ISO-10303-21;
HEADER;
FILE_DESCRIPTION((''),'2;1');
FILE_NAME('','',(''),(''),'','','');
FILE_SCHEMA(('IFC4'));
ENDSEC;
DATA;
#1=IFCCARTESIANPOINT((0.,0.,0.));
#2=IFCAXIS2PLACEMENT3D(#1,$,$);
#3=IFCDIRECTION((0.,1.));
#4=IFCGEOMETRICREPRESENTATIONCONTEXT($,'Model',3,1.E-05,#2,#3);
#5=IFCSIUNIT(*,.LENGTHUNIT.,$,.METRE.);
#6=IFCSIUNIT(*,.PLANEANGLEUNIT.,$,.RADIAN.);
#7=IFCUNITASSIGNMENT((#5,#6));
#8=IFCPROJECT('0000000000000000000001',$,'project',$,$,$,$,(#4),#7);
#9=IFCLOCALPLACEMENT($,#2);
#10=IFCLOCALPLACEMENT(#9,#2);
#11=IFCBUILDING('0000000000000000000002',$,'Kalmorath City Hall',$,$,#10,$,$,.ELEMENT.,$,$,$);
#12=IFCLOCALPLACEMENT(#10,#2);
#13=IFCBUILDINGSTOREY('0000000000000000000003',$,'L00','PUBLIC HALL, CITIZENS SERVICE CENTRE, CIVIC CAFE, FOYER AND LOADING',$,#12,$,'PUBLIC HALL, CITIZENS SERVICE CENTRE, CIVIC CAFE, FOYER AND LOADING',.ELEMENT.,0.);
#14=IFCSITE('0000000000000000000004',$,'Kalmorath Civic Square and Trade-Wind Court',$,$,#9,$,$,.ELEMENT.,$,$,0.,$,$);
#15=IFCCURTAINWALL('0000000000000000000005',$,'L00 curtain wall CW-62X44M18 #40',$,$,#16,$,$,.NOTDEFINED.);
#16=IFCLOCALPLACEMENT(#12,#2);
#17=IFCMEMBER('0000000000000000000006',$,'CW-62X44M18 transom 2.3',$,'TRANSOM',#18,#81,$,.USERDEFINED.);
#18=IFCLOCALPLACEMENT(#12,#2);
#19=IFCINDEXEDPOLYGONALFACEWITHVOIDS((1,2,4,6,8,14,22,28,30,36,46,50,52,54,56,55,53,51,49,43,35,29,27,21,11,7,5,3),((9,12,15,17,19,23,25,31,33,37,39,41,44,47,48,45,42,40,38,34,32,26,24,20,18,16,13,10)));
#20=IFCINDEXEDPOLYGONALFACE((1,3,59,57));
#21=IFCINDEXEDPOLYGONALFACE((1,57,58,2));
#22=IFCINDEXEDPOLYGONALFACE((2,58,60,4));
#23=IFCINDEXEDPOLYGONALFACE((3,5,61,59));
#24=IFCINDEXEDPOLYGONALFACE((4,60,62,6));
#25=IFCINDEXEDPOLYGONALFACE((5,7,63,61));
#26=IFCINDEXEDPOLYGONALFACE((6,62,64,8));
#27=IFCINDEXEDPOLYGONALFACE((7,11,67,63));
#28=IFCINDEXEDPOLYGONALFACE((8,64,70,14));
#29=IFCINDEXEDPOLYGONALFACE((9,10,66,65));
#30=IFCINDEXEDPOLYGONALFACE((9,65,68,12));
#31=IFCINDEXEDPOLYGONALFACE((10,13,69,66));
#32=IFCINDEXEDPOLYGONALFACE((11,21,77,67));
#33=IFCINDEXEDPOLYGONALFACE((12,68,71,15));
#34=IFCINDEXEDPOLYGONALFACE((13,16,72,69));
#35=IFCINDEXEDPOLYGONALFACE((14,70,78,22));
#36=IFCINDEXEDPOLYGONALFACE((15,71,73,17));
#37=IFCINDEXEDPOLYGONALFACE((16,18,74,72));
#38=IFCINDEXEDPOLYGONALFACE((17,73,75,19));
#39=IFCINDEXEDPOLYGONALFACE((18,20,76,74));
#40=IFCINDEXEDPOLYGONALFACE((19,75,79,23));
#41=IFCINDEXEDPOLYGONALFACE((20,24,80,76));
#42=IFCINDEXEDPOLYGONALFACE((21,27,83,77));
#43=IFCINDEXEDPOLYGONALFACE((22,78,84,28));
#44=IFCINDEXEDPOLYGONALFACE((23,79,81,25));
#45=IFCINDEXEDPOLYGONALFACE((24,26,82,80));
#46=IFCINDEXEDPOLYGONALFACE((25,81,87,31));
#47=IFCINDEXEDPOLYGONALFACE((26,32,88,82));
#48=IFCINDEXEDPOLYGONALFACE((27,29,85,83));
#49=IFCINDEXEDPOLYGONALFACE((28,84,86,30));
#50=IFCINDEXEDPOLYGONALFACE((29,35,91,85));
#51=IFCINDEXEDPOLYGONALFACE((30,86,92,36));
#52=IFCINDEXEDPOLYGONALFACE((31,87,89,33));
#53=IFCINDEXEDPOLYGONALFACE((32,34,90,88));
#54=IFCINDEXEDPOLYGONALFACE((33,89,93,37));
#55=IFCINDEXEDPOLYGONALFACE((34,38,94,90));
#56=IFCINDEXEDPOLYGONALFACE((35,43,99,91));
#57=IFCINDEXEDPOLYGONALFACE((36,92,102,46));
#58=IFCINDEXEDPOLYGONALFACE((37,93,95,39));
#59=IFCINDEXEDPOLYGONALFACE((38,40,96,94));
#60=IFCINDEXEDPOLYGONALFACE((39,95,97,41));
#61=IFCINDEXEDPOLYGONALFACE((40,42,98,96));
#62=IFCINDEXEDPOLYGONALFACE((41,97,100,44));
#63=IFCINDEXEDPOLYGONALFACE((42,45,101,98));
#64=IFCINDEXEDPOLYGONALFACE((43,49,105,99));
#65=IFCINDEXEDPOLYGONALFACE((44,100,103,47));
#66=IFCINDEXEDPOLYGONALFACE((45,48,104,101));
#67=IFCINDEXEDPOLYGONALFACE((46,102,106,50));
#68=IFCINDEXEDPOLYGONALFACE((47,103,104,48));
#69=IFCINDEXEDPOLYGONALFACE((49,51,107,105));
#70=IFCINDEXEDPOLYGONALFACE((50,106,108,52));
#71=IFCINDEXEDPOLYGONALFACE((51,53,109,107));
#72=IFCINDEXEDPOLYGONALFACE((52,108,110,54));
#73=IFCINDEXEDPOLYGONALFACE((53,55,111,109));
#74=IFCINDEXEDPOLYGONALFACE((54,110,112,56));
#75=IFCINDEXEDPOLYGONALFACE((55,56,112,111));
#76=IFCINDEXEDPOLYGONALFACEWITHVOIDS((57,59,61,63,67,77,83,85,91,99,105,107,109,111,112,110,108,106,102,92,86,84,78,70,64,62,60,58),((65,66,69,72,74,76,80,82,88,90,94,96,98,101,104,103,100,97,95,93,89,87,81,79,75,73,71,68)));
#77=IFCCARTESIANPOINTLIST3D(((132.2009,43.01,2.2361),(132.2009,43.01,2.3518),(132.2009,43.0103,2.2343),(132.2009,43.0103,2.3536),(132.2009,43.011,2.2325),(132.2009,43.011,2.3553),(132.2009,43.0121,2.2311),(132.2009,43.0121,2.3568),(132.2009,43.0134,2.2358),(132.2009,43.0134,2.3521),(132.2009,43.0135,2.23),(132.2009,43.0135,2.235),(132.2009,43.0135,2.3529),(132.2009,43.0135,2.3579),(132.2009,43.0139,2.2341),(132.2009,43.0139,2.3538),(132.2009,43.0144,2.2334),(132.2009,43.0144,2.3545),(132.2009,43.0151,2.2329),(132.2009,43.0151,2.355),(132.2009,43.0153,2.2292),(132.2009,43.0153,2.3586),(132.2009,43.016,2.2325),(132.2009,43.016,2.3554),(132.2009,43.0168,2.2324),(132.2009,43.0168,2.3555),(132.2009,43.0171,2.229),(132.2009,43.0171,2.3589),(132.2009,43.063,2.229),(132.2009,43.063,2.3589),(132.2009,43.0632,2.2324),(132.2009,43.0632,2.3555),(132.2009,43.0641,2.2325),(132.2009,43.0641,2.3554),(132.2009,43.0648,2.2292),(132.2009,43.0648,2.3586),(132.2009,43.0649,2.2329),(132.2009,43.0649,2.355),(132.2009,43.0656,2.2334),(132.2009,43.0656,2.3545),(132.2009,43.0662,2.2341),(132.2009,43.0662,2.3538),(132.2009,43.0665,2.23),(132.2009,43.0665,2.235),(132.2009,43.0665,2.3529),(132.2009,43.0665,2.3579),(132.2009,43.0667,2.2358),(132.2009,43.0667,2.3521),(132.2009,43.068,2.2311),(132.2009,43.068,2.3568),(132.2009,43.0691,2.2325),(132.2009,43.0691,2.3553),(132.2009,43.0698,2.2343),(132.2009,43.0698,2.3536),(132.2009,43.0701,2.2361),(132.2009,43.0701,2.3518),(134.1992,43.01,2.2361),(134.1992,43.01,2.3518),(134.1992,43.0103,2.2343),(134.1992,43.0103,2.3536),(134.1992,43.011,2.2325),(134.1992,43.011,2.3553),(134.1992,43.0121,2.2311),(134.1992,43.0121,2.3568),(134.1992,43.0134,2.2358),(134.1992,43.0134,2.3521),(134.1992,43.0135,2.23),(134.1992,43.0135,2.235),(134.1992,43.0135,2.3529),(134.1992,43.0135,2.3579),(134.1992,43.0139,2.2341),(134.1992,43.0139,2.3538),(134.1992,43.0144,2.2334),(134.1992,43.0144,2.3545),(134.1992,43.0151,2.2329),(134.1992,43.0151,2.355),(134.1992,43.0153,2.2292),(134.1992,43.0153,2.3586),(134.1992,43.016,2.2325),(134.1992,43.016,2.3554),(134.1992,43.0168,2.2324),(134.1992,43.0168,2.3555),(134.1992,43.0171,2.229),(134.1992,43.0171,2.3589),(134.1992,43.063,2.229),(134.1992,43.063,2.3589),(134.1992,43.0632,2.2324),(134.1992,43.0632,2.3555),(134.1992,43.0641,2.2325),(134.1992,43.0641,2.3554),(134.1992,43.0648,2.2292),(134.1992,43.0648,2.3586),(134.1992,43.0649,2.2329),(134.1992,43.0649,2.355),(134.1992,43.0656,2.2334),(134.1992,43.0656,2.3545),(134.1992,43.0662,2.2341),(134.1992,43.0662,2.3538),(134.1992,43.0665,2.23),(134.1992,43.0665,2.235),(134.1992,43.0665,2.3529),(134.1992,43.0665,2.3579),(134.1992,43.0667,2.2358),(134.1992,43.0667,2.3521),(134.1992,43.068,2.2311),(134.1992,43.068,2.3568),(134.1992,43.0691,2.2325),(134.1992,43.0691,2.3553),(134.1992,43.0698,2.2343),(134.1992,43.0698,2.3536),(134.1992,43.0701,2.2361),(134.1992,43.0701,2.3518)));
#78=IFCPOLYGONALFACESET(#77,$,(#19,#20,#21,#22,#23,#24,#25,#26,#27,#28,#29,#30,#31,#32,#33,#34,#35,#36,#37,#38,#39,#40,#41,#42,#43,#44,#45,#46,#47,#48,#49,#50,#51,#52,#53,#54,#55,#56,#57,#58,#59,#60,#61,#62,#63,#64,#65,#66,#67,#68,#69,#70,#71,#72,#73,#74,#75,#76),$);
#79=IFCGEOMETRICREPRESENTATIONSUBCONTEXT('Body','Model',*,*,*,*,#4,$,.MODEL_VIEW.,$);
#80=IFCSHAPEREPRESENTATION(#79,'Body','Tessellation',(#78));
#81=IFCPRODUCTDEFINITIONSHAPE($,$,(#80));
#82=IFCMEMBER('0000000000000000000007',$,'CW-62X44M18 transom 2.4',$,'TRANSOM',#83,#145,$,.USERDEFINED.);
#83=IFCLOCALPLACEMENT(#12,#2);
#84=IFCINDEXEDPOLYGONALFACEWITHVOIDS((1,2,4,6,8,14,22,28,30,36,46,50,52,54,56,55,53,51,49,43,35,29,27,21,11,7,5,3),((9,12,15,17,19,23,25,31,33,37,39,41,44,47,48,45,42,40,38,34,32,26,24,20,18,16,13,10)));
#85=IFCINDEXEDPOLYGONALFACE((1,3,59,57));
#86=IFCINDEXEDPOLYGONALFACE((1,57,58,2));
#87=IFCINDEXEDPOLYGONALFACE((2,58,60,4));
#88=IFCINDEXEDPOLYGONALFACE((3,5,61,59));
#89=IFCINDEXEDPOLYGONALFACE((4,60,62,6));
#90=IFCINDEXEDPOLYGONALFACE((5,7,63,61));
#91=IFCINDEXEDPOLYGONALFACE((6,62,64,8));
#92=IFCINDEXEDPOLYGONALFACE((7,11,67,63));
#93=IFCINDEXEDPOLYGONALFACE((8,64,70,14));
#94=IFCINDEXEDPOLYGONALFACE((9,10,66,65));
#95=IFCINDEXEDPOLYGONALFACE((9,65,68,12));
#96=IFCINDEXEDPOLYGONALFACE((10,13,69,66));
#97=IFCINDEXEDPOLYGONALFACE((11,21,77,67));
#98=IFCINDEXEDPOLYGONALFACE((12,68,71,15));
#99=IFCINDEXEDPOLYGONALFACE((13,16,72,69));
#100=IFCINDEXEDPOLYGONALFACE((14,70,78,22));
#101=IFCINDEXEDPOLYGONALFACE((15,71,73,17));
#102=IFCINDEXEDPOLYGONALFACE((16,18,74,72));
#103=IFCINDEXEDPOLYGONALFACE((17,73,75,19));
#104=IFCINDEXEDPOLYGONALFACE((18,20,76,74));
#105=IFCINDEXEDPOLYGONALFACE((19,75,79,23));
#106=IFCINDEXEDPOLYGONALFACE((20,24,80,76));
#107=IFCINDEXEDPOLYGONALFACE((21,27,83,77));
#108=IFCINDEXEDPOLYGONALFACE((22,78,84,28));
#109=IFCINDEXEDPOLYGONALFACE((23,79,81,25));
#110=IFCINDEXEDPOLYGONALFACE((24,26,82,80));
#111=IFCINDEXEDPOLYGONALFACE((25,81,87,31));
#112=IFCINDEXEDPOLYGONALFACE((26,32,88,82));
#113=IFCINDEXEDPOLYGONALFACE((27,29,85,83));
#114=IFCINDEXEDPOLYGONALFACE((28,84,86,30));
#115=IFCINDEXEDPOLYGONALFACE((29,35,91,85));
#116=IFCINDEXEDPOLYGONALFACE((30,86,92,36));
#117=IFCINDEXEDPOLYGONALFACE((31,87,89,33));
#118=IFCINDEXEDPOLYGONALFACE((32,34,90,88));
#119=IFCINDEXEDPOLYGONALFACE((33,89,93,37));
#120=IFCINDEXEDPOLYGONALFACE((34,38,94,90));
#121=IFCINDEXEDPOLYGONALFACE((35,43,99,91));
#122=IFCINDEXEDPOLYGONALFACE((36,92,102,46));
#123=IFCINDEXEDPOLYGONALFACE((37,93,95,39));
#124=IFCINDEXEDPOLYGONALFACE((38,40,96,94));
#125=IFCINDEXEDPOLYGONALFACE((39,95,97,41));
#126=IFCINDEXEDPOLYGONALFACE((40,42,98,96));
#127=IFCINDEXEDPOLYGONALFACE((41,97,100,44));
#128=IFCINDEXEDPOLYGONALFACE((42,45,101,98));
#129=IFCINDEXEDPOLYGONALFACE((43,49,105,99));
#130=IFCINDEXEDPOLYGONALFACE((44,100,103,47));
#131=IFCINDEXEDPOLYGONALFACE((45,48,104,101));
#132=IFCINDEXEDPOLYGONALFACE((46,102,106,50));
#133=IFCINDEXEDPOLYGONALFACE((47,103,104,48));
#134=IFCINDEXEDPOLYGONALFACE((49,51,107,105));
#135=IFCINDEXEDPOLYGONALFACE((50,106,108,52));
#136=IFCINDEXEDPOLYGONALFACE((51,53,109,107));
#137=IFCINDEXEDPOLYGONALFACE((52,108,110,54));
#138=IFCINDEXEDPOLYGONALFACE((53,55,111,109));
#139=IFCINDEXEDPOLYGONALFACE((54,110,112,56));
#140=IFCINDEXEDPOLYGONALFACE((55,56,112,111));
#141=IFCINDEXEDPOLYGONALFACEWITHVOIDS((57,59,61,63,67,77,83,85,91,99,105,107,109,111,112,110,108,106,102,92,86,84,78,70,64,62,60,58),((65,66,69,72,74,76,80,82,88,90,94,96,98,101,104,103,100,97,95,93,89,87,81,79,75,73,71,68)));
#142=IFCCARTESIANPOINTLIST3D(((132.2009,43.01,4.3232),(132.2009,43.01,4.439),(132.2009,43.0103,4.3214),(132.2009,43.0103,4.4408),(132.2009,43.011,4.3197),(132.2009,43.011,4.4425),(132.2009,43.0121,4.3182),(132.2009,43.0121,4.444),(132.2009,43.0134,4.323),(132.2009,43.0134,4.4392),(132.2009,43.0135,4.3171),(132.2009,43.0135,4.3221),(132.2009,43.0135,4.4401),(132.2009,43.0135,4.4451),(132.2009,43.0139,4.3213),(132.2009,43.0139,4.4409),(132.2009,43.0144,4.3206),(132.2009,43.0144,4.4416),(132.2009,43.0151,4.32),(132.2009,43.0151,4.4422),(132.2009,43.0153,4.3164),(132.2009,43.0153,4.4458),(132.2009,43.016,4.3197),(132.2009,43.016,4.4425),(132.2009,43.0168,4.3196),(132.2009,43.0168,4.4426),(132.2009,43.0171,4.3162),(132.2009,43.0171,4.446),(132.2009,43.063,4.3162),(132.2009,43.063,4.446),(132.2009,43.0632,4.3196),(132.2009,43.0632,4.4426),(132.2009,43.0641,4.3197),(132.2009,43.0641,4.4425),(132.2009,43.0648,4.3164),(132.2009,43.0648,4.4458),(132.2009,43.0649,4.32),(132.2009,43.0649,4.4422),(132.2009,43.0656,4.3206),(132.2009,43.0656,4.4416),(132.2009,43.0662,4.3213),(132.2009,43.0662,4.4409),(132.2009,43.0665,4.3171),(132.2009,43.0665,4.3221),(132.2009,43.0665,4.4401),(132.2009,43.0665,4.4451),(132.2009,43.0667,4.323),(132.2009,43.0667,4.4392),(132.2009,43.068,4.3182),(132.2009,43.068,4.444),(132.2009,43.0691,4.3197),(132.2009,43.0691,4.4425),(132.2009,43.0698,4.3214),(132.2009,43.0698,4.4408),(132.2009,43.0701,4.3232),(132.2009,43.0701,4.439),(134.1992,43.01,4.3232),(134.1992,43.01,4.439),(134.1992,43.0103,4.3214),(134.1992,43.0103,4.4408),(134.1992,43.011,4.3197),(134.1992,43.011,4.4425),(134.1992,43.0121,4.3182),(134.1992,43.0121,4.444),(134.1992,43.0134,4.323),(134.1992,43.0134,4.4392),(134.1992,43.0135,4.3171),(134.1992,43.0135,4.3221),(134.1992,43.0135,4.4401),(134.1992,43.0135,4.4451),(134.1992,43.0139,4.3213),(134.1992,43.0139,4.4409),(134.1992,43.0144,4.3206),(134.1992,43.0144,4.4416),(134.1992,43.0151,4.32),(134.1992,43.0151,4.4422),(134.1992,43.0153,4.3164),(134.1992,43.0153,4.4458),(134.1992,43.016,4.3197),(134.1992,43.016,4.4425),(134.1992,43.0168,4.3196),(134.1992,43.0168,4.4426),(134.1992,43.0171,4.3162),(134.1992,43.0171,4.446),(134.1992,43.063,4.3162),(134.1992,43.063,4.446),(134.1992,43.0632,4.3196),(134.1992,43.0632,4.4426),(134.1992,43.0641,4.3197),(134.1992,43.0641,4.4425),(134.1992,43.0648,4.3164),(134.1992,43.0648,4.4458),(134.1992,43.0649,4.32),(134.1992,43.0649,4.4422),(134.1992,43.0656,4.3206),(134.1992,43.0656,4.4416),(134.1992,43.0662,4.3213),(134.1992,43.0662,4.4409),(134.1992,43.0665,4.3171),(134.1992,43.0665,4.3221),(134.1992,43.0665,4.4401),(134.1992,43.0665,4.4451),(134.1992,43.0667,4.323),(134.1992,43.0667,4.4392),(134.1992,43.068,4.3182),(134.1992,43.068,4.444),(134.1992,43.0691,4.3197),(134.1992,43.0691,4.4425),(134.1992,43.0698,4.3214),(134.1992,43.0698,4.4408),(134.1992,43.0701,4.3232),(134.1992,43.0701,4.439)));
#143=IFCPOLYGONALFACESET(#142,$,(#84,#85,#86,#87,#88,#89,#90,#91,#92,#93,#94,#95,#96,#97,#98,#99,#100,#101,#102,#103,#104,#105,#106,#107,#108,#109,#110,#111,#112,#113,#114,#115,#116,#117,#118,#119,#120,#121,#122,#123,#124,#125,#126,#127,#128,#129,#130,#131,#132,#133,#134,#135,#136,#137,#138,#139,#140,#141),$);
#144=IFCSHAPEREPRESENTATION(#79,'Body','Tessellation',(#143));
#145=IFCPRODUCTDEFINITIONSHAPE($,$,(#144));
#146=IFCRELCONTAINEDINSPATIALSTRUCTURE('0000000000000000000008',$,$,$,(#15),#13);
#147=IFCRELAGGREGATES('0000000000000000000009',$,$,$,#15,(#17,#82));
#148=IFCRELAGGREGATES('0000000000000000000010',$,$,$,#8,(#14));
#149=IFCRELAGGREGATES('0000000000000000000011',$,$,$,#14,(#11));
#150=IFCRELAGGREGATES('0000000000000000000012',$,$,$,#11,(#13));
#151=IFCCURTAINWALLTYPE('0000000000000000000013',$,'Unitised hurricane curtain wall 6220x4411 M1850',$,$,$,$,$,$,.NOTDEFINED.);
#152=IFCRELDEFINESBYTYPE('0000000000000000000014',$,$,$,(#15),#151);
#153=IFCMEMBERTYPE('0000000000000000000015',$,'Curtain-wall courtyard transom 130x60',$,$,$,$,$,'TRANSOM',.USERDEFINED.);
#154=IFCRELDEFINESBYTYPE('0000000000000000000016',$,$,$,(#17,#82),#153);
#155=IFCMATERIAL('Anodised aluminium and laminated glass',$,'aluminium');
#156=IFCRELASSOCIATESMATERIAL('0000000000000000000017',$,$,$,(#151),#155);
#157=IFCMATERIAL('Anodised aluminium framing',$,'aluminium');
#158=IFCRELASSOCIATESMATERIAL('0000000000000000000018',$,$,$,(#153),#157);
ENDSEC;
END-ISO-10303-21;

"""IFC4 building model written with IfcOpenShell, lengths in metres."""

from ifc_helpers import new_model, si_unit, direction, frame, origin, origin_2d, place, context, subcontext, project, spatial, hollow_rectangle, extrude, material, material_profile, profile_set, type_object, element, aggregate, save


model = new_model("IFC4")

# Units and contexts
model_context = context("Model", 3, precision=1e-05, world=origin(), true_north=direction((0.0, 1.0)))
body_context = subcontext(model_context, "Body", "Model", "MODEL_VIEW")
ifc_project = project(units=[si_unit("LENGTHUNIT", "METRE"), si_unit("PLANEANGLEUNIT", "RADIAN")], contexts=[model_context])

# Site, building, storey
site_placement = place(None, origin())
site = spatial("IfcSite", under=ifc_project, at=site_placement, Name="Kalmorath Civic Square and Trade-Wind Court", CompositionType="ELEMENT", RefElevation=0.0)
building_placement = place(site_placement, origin())
building = spatial("IfcBuilding", under=site, at=building_placement, Name="Kalmorath City Hall", CompositionType="ELEMENT")
storey_placement = place(building_placement, origin())
storey = spatial("IfcBuildingStorey", under=building, at=storey_placement, Name="L00", Description="PUBLIC HALL, CITIZENS SERVICE CENTRE, CIVIC CAFE, FOYER AND LOADING", LongName="PUBLIC HALL, CITIZENS SERVICE CENTRE, CIVIC CAFE, FOYER AND LOADING", CompositionType="ELEMENT", Elevation=0.0)

# Curtain wall, members
ifc_material_1 = material(Name="Anodised aluminium and laminated glass", Category="aluminium")
curtain_wall_type = type_object("IfcCurtainWallType", Name="Unitised hurricane curtain wall 6220x4411 M1850", PredefinedType="NOTDEFINED", material=ifc_material_1)
curtain_wall_placement = place(storey_placement, origin())
curtain_wall = element("IfcCurtainWall", 1, at=curtain_wall_placement, inside=storey, type_object=curtain_wall_type, Name="L00 curtain wall CW-62X44M18 #40", PredefinedType="NOTDEFINED")
ifc_material_2 = material(Name="Anodised aluminium framing", Category="aluminium")
ifc_material_profile_1 = material_profile(ifc_material_2, hollow_rectangle(XDim=0.0601, YDim=0.1299, WallThickness=0.0034, InnerFilletRadius=0.0034, OuterFilletRadius=0.0071, at=origin_2d()), Name="ALU-TRN-130X60X3.5")
ifc_profile_set_1 = profile_set([ifc_material_profile_1], Name="Anodised aluminium framing")
member_type_1 = type_object("IfcMemberType", Name="Curtain-wall courtyard transom 130x60", ElementType="TRANSOM", PredefinedType="USERDEFINED", material=ifc_profile_set_1)
member_1_placement = place(storey_placement, frame((132.2009, 43.04, 2.2939), z_axis=(1.0, 0.0, 0.0), x_axis=(0.0, 1.0, 0.0)))
member_1 = element("IfcMember", 2, at=member_1_placement, type_object=member_type_1, Name="CW-62X44M18 transom 2.3", ObjectType="TRANSOM", PredefinedType="USERDEFINED", context=body_context, shape_type="SweptSolid", body=[
    extrude(hollow_rectangle(XDim=0.0601, YDim=0.1299, WallThickness=0.0034, InnerFilletRadius=0.0034, OuterFilletRadius=0.0071, at=origin_2d()), origin(), (0.0, 0.0, 1.0), 1.9983),
])
member_2_placement = place(storey_placement, frame((132.2009, 43.04, 4.3811), z_axis=(1.0, 0.0, 0.0), x_axis=(0.0, 1.0, 0.0)))
member_2 = element("IfcMember", 3, at=member_2_placement, type_object=member_type_1, Name="CW-62X44M18 transom 2.4", ObjectType="TRANSOM", PredefinedType="USERDEFINED", context=body_context, shape_type="SweptSolid", body=[
    extrude(hollow_rectangle(XDim=0.0601, YDim=0.1299, WallThickness=0.0034, InnerFilletRadius=0.0034, OuterFilletRadius=0.0071, at=origin_2d()), origin(), (0.0, 0.0, 1.0), 1.9983),
])

aggregate(curtain_wall, [member_1, member_2])

save(model, "model.ifc")
